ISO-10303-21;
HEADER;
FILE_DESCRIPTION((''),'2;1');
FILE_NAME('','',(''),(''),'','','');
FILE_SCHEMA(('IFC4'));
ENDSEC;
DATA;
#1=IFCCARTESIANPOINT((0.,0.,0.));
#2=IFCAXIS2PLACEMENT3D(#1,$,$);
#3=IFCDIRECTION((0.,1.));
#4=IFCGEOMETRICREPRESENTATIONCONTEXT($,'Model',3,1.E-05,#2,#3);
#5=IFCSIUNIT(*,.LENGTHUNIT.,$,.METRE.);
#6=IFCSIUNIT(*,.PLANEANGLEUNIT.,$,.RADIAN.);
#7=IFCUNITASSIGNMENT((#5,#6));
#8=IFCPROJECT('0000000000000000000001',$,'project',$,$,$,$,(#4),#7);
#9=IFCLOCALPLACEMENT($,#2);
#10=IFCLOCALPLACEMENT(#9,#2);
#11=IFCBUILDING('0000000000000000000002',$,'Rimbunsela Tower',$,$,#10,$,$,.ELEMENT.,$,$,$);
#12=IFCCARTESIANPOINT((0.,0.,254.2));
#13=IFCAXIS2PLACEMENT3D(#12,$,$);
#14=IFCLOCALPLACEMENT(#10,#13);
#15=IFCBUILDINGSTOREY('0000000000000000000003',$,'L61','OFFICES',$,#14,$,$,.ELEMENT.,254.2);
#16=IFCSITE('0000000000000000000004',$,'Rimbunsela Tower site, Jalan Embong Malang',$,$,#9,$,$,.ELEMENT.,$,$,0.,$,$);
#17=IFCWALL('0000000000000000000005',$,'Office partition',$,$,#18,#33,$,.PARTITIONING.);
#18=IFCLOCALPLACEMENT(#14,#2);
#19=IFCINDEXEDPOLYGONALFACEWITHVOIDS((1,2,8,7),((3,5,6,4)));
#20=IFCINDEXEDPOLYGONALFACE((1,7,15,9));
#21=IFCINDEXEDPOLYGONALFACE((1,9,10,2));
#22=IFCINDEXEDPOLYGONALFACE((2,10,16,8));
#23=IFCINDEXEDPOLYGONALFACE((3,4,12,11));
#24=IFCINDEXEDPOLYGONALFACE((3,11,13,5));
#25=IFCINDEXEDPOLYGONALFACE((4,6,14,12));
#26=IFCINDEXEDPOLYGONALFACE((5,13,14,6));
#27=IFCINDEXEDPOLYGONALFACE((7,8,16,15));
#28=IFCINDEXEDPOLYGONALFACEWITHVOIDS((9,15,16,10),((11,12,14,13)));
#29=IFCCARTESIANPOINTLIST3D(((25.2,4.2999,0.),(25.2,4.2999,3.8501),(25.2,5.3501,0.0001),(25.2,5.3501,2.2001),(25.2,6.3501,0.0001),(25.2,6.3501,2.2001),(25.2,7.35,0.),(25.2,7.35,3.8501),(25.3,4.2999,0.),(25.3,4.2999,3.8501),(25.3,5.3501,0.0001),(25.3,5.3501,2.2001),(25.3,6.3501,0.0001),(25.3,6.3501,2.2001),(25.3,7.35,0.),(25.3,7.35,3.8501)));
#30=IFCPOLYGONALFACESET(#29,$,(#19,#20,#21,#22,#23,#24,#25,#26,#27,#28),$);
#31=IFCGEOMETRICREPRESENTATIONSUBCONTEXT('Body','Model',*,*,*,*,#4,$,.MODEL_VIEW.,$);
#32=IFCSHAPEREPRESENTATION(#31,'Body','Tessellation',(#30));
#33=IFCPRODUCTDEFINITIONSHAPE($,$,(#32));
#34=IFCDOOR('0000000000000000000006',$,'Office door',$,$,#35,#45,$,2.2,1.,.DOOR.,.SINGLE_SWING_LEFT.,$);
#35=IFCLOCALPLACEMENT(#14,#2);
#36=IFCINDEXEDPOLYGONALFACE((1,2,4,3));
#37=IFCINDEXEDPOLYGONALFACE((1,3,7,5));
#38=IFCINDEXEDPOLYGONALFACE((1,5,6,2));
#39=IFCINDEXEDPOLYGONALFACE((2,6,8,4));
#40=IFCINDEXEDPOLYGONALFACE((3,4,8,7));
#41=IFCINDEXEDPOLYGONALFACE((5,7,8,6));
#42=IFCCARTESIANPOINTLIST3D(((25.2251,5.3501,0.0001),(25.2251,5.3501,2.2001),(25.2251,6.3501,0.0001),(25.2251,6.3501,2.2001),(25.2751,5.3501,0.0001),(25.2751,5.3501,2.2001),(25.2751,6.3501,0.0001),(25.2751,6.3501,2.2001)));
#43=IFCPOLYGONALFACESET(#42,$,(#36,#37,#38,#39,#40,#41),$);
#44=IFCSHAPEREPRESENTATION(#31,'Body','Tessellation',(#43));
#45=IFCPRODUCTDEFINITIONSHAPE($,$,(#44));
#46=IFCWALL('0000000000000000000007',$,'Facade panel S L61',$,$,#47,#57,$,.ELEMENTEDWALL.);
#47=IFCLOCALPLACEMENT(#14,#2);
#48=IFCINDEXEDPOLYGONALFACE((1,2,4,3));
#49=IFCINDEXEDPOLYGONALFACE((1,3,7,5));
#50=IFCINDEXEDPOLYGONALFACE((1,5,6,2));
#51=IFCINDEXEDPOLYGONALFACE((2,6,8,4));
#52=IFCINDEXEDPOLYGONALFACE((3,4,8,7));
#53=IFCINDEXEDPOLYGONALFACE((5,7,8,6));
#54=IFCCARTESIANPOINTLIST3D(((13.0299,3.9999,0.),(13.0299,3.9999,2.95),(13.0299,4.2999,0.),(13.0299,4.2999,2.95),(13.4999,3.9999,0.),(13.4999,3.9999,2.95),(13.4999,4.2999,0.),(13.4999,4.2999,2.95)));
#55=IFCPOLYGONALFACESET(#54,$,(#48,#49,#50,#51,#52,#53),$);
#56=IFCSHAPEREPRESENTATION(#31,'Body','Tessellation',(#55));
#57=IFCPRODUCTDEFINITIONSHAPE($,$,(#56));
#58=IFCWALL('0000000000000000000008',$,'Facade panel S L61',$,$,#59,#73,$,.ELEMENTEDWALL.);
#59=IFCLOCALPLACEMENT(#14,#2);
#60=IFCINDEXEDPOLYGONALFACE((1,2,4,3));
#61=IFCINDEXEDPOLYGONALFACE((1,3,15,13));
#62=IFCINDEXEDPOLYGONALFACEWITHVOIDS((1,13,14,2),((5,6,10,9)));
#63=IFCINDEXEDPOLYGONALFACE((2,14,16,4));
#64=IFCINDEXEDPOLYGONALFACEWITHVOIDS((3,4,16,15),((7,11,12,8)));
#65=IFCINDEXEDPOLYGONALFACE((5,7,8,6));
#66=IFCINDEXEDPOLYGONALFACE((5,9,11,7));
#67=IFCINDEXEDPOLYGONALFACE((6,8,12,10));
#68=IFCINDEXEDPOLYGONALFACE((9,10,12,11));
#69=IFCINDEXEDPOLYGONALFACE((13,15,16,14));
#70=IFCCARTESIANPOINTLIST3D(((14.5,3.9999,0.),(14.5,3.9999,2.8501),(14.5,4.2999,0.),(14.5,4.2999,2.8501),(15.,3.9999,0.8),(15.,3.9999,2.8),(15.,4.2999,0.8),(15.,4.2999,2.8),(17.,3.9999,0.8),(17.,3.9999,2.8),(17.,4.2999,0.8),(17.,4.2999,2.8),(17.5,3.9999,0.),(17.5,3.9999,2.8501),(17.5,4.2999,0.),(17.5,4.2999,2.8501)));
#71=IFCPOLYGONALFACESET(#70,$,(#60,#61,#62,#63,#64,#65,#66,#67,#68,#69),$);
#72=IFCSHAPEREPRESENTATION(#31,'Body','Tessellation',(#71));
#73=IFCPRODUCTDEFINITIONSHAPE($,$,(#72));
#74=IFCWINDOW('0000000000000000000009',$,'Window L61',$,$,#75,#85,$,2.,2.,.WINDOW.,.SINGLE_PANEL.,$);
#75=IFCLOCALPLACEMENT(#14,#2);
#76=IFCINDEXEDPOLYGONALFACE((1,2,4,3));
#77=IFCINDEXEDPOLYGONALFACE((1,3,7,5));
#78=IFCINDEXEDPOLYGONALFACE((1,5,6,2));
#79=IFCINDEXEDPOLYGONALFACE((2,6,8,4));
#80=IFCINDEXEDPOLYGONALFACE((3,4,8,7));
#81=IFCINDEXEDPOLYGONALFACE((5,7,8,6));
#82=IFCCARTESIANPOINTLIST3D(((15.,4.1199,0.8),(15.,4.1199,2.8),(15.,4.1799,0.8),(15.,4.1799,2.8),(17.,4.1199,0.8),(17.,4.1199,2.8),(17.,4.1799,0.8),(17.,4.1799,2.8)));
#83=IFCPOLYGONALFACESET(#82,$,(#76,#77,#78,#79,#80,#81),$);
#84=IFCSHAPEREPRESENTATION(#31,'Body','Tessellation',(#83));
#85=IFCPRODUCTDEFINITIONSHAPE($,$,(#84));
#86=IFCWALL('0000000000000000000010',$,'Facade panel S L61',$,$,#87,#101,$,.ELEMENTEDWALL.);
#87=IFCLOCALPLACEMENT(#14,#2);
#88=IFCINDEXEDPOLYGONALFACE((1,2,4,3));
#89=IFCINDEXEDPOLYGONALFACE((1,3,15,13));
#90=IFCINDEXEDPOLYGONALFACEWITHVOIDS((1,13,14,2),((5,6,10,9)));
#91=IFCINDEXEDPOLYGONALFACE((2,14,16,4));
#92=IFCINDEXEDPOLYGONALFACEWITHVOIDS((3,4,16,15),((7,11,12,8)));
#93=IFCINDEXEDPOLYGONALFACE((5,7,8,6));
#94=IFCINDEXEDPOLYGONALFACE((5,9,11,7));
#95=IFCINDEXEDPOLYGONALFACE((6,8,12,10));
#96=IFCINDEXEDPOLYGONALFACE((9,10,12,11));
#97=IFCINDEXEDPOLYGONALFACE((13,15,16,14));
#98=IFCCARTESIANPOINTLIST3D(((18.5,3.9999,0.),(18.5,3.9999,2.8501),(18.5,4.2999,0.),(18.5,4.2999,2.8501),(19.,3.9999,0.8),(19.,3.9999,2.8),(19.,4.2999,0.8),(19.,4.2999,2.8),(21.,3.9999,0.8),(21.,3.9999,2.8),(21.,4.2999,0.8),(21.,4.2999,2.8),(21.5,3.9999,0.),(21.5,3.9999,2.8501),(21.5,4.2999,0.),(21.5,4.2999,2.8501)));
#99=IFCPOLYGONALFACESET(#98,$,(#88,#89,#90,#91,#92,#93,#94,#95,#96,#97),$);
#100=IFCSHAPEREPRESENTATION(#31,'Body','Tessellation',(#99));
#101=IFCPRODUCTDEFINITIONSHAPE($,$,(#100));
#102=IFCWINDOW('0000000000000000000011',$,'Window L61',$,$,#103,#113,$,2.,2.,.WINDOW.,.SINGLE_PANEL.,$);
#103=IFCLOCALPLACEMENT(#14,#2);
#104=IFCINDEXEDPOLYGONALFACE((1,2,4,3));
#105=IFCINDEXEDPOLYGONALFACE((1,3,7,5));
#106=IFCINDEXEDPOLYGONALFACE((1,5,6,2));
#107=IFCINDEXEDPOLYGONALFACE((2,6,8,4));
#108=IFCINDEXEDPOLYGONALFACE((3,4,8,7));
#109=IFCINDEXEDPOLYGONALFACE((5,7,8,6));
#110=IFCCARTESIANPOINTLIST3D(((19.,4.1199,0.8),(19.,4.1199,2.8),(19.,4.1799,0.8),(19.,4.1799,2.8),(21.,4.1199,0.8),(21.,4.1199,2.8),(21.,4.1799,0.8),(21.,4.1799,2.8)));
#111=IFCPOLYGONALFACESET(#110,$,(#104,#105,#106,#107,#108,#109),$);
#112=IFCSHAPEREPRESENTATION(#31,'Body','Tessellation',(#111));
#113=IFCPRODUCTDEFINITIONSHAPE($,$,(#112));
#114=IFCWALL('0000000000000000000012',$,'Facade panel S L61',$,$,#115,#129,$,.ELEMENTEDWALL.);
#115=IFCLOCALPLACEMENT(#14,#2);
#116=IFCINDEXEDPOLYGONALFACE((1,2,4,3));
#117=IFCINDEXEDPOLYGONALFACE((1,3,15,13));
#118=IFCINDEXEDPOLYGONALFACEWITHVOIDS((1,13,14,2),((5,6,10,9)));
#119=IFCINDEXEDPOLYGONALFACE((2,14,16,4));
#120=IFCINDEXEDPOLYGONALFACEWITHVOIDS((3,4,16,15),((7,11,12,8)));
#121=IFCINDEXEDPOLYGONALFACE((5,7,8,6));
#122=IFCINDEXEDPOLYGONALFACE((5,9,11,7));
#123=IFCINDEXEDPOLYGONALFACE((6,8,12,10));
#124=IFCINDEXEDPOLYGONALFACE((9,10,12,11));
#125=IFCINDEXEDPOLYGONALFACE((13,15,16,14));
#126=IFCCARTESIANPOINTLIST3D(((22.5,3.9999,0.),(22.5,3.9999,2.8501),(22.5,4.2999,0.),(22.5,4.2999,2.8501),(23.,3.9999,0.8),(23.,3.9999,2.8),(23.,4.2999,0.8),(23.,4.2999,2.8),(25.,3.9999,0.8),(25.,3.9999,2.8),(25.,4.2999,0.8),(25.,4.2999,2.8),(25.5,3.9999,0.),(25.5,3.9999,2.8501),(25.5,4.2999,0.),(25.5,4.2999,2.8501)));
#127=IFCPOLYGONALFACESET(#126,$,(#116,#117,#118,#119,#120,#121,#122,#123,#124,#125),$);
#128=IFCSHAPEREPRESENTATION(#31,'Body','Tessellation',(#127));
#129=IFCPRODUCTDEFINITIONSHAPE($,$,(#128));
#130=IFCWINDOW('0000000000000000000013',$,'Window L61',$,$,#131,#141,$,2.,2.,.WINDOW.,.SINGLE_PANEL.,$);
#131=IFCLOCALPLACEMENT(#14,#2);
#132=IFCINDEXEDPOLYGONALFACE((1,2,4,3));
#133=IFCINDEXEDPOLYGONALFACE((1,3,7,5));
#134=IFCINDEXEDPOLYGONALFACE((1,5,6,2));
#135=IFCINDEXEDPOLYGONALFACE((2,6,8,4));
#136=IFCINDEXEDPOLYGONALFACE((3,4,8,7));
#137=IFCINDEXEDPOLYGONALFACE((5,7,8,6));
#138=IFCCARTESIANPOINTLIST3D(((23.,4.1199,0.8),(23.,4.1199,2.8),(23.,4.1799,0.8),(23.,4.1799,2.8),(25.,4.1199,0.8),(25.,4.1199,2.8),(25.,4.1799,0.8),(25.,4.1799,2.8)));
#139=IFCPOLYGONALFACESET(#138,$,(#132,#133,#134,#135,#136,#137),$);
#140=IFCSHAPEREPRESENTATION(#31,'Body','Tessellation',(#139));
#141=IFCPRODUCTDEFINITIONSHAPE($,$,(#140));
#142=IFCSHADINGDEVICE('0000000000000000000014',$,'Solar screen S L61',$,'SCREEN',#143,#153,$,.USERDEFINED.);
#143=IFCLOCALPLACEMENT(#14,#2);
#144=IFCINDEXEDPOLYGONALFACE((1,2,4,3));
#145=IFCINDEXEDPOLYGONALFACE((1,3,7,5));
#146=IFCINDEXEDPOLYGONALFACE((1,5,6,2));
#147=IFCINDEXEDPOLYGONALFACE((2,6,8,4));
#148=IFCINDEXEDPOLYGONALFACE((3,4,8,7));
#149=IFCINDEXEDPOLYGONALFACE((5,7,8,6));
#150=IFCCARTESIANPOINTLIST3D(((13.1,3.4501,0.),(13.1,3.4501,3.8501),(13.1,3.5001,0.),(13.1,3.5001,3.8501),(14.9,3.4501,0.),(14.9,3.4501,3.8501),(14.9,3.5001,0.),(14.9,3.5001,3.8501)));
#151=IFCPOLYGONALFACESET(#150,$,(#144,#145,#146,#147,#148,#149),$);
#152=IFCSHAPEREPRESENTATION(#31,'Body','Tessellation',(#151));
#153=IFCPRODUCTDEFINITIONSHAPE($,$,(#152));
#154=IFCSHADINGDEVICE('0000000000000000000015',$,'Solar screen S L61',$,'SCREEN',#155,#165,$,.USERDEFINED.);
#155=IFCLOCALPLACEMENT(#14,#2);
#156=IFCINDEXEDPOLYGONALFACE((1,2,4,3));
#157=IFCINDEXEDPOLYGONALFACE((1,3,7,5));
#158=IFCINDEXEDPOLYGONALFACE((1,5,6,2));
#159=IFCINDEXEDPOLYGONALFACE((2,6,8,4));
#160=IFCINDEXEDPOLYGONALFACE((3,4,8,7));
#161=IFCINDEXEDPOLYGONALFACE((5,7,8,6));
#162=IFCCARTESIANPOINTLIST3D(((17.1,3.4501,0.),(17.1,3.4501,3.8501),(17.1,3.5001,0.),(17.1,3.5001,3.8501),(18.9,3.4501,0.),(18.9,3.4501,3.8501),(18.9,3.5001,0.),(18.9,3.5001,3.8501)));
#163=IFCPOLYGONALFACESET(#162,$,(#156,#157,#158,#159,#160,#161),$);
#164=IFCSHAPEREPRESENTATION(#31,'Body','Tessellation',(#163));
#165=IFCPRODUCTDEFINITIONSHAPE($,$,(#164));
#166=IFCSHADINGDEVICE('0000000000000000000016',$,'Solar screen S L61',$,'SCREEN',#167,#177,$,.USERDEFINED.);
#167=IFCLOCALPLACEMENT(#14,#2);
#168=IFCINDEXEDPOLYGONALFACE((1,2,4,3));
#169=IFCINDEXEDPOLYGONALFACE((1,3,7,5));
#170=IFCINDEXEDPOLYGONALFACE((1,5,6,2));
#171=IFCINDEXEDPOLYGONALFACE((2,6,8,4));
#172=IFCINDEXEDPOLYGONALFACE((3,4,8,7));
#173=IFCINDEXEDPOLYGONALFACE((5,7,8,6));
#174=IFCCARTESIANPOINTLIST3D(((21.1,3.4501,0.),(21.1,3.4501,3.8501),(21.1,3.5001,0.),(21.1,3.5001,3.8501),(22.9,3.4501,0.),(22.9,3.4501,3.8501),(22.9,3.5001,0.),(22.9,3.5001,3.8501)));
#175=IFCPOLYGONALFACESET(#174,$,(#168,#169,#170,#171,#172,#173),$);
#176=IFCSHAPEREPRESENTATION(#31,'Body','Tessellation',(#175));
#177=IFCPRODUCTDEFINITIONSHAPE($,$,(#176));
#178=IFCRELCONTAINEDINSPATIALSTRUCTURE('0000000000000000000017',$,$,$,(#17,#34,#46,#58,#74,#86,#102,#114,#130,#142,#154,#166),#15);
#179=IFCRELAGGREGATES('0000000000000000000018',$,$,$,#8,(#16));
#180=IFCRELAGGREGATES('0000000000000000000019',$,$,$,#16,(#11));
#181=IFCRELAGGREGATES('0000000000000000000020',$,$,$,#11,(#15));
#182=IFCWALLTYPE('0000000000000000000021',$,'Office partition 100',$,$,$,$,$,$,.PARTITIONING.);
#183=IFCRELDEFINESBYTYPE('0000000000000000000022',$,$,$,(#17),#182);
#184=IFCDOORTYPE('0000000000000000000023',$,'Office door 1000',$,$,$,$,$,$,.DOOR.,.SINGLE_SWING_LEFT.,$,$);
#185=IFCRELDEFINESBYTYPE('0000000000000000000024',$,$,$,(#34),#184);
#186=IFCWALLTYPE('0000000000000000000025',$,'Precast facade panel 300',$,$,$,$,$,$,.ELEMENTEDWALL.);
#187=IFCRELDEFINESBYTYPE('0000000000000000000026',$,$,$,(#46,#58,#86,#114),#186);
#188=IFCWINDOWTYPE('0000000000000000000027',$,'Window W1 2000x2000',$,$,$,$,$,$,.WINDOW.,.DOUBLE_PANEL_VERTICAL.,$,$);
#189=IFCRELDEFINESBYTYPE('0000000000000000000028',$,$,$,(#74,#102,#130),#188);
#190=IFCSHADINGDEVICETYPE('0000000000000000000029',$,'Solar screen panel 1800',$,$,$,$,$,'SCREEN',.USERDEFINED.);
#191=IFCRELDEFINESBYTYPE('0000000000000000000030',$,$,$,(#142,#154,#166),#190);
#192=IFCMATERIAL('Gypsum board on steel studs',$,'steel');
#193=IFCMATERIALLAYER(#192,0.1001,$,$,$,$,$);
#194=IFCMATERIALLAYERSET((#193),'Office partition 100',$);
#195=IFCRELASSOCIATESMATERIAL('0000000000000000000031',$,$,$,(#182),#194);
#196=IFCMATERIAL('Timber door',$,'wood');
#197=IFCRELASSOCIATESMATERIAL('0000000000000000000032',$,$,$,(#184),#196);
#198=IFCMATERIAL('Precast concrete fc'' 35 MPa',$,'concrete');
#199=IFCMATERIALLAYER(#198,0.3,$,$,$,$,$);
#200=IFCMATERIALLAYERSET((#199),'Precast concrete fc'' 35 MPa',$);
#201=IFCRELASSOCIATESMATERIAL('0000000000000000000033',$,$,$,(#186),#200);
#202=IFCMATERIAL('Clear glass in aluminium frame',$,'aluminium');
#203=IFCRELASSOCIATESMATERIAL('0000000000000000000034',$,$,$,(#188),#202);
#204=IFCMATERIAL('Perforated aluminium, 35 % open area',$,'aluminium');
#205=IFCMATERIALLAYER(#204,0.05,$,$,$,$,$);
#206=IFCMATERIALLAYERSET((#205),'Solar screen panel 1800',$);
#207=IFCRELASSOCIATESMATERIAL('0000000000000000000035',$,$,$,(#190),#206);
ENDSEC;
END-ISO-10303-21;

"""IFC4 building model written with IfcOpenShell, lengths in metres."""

from ifc_helpers import new_model, si_unit, direction, frame, frame_2d, origin, origin_2d, place, context, subcontext, project, spatial, rectangle, extrude, material, layer, layer_set, type_object, element, fill, save


model = new_model("IFC4")

# Units and contexts
model_context = context("Model", 3, precision=1e-05, world=origin(), true_north=direction((0.0, 1.0)))
body_context = subcontext(model_context, "Body", "Model", "MODEL_VIEW")
ifc_project = project(units=[si_unit("LENGTHUNIT", "METRE"), si_unit("PLANEANGLEUNIT", "RADIAN")], contexts=[model_context])

# Site, building, storey
site_placement = place(None, origin())
site = spatial("IfcSite", under=ifc_project, at=site_placement, Name="Rimbunsela Tower site, Jalan Embong Malang", CompositionType="ELEMENT", RefElevation=0.0)
building_placement = place(site_placement, origin())
building = spatial("IfcBuilding", under=site, at=building_placement, Name="Rimbunsela Tower", CompositionType="ELEMENT")
storey_placement = place(building_placement, frame((0.0, 0.0, 254.2)))
storey = spatial("IfcBuildingStorey", under=building, at=storey_placement, Name="L61", Description="OFFICES", CompositionType="ELEMENT", Elevation=254.2)

# Shared definitions
ifc_material_1 = material(Name="Gypsum board on steel studs", Category="steel")
ifc_layer_1 = layer(ifc_material_1, 0.1001)
ifc_layer_set_1 = layer_set([ifc_layer_1], Name="Office partition 100")
wall_type_1 = type_object("IfcWallType", Name="Office partition 100", PredefinedType="PARTITIONING", material=ifc_layer_set_1)

# Shared definitions
ifc_material_2 = material(Name="Timber door", Category="wood")
door_type_1 = type_object("IfcDoorType", Name="Office door 1000", OperationType="SINGLE_SWING_LEFT", PredefinedType="DOOR", material=ifc_material_2)

# Wall, opening, door
wall_1_placement = place(storey_placement, frame((25.25, 4.3, 0.0), z_axis=(0.0, 0.0, 1.0), x_axis=(0.0, 1.0, 0.0)))
wall_1 = element("IfcWall", 1, at=wall_1_placement, inside=storey, type_object=wall_type_1, Name="Office partition", PredefinedType="PARTITIONING", context=body_context, shape_type="SweptSolid", body=[
    extrude(rectangle(XDim=3.05, YDim=0.1001, at=frame_2d((1.5249, 0.0))), origin(), (0.0, 0.0, 1.0), 3.8501),
])
opening_1_placement = place(wall_1_placement, frame((1.05, 0.0, 0.0)))
opening_1 = element("IfcOpeningElement", 2, at=opening_1_placement, cuts=wall_1, PredefinedType="OPENING", context=body_context, shape_type="SweptSolid", body=[
    extrude(rectangle(XDim=1.0, YDim=2.2, at=frame_2d((0.5, 1.1001))), frame((0.0, 0.0601, 0.0), z_axis=(0.0, -1.0, 0.0), x_axis=(1.0, 0.0, 0.0)), (0.0, 0.0, 1.0), 0.1201),
])
door_1_placement = place(opening_1_placement, origin())
door_1 = element("IfcDoor", 3, at=door_1_placement, inside=storey, type_object=door_type_1, Name="Office door", OperationType="SINGLE_SWING_LEFT", OverallHeight=2.2, OverallWidth=1.0, PredefinedType="DOOR", context=body_context, shape_type="SweptSolid", body=[
    extrude(rectangle(XDim=1.0, YDim=2.2, at=frame_2d((0.5, 1.1001))), frame((0.0, 0.0249, 0.0), z_axis=(0.0, -1.0, 0.0), x_axis=(1.0, 0.0, 0.0)), (0.0, 0.0, 1.0), 0.05),
])
fill(opening_1, door_1)

# Wall
ifc_material_3 = material(Name="Precast concrete fc' 35 MPa", Category="concrete")
ifc_layer_2 = layer(ifc_material_3, 0.3)
ifc_layer_set_2 = layer_set([ifc_layer_2], Name="Precast concrete fc' 35 MPa")
wall_type_2 = type_object("IfcWallType", Name="Precast facade panel 300", PredefinedType="ELEMENTEDWALL", material=ifc_layer_set_2)
wall_2_placement = place(storey_placement, frame((13.03, 4.1499, 0.0), z_axis=(0.0, 0.0, 1.0), x_axis=(1.0, 0.0, 0.0)))
element("IfcWall", 4, at=wall_2_placement, inside=storey, type_object=wall_type_2, Name="Facade panel S L61", PredefinedType="ELEMENTEDWALL", context=body_context, shape_type="SweptSolid", body=[
    extrude(rectangle(XDim=0.47, YDim=0.3, at=frame_2d((0.2349, 0.0))), origin(), (0.0, 0.0, 1.0), 2.95),
])

# Walls, openings, windows
wall_3_placement = place(storey_placement, frame((14.5, 4.1499, 0.0), z_axis=(0.0, 0.0, 1.0), x_axis=(1.0, 0.0, 0.0)))
wall_3 = element("IfcWall", 5, at=wall_3_placement, inside=storey, type_object=wall_type_2, Name="Facade panel S L61", PredefinedType="ELEMENTEDWALL", context=body_context, shape_type="SweptSolid", body=[
    extrude(rectangle(XDim=3.0, YDim=0.3, at=frame_2d((1.5, 0.0))), origin(), (0.0, 0.0, 1.0), 2.8501),
])
opening_2_placement = place(wall_3_placement, frame((0.5, 0.0, 0.8)))
opening_2 = element("IfcOpeningElement", 6, at=opening_2_placement, cuts=wall_3, PredefinedType="OPENING", context=body_context, shape_type="SweptSolid", body=[
    extrude(rectangle(XDim=2.0, YDim=2.0, at=frame_2d((1.0, 1.0))), frame((0.0, 0.1599, 0.0), z_axis=(0.0, -1.0, 0.0), x_axis=(1.0, 0.0, 0.0)), (0.0, 0.0, 1.0), 0.3201),
])
ifc_material_4 = material(Name="Clear glass in aluminium frame", Category="aluminium")
window_type = type_object("IfcWindowType", Name="Window W1 2000x2000", PartitioningType="DOUBLE_PANEL_VERTICAL", PredefinedType="WINDOW", material=ifc_material_4)
window_1_placement = place(opening_2_placement, origin())
window_1 = element("IfcWindow", 7, at=window_1_placement, inside=storey, type_object=window_type, Name="Window L61", OverallHeight=2.0, OverallWidth=2.0, PartitioningType="SINGLE_PANEL", PredefinedType="WINDOW", context=body_context, shape_type="SweptSolid", body=[
    extrude(rectangle(XDim=2.0, YDim=2.0, at=frame_2d((1.0, 1.0))), frame((0.0, 0.03, 0.0), z_axis=(0.0, -1.0, 0.0), x_axis=(1.0, 0.0, 0.0)), (0.0, 0.0, 1.0), 0.0601),
])
fill(opening_2, window_1)
wall_4_placement = place(storey_placement, frame((18.5, 4.1499, 0.0), z_axis=(0.0, 0.0, 1.0), x_axis=(1.0, 0.0, 0.0)))
wall_4 = element("IfcWall", 8, at=wall_4_placement, inside=storey, type_object=wall_type_2, Name="Facade panel S L61", PredefinedType="ELEMENTEDWALL", context=body_context, shape_type="SweptSolid", body=[
    extrude(rectangle(XDim=3.0, YDim=0.3, at=frame_2d((1.5, 0.0))), origin(), (0.0, 0.0, 1.0), 2.8501),
])
opening_3_placement = place(wall_4_placement, frame((0.5, 0.0, 0.8)))
opening_3 = element("IfcOpeningElement", 9, at=opening_3_placement, cuts=wall_4, PredefinedType="OPENING", context=body_context, shape_type="SweptSolid", body=[
    extrude(rectangle(XDim=2.0, YDim=2.0, at=frame_2d((1.0, 1.0))), frame((0.0, 0.1599, 0.0), z_axis=(0.0, -1.0, 0.0), x_axis=(1.0, 0.0, 0.0)), (0.0, 0.0, 1.0), 0.3201),
])
window_2_placement = place(opening_3_placement, origin())
window_2 = element("IfcWindow", 10, at=window_2_placement, inside=storey, type_object=window_type, Name="Window L61", OverallHeight=2.0, OverallWidth=2.0, PartitioningType="SINGLE_PANEL", PredefinedType="WINDOW", context=body_context, shape_type="SweptSolid", body=[
    extrude(rectangle(XDim=2.0, YDim=2.0, at=frame_2d((1.0, 1.0))), frame((0.0, 0.03, 0.0), z_axis=(0.0, -1.0, 0.0), x_axis=(1.0, 0.0, 0.0)), (0.0, 0.0, 1.0), 0.0601),
])
fill(opening_3, window_2)
wall_5_placement = place(storey_placement, frame((22.5, 4.1499, 0.0), z_axis=(0.0, 0.0, 1.0), x_axis=(1.0, 0.0, 0.0)))
wall_5 = element("IfcWall", 11, at=wall_5_placement, inside=storey, type_object=wall_type_2, Name="Facade panel S L61", PredefinedType="ELEMENTEDWALL", context=body_context, shape_type="SweptSolid", body=[
    extrude(rectangle(XDim=3.0, YDim=0.3, at=frame_2d((1.5, 0.0))), origin(), (0.0, 0.0, 1.0), 2.8501),
])
opening_4_placement = place(wall_5_placement, frame((0.5, 0.0, 0.8)))
opening_4 = element("IfcOpeningElement", 12, at=opening_4_placement, cuts=wall_5, PredefinedType="OPENING", context=body_context, shape_type="SweptSolid", body=[
    extrude(rectangle(XDim=2.0, YDim=2.0, at=frame_2d((1.0, 1.0))), frame((0.0, 0.1599, 0.0), z_axis=(0.0, -1.0, 0.0), x_axis=(1.0, 0.0, 0.0)), (0.0, 0.0, 1.0), 0.3201),
])
window_3_placement = place(opening_4_placement, origin())
window_3 = element("IfcWindow", 13, at=window_3_placement, inside=storey, type_object=window_type, Name="Window L61", OverallHeight=2.0, OverallWidth=2.0, PartitioningType="SINGLE_PANEL", PredefinedType="WINDOW", context=body_context, shape_type="SweptSolid", body=[
    extrude(rectangle(XDim=2.0, YDim=2.0, at=frame_2d((1.0, 1.0))), frame((0.0, 0.03, 0.0), z_axis=(0.0, -1.0, 0.0), x_axis=(1.0, 0.0, 0.0)), (0.0, 0.0, 1.0), 0.0601),
])
fill(opening_4, window_3)

# Shading devices
ifc_material_5 = material(Name="Perforated aluminium, 35 % open area", Category="aluminium")
ifc_layer_3 = layer(ifc_material_5, 0.05)
ifc_layer_set_3 = layer_set([ifc_layer_3], Name="Solar screen panel 1800")
shading_device_type = type_object("IfcShadingDeviceType", Name="Solar screen panel 1800", ElementType="SCREEN", PredefinedType="USERDEFINED", material=ifc_layer_set_3)
for number, where, z_axis, x_axis, name in (
    (14, (14.0, 3.4751, 0.0), (0.0, 0.0, 1.0), (1.0, 0.0, 0.0), "Solar screen S L61"),
    (15, (18.0, 3.4751, 0.0), (0.0, 0.0, 1.0), (1.0, 0.0, 0.0), "Solar screen S L61"),
    (16, (22.0, 3.4751, 0.0), (0.0, 0.0, 1.0), (1.0, 0.0, 0.0), "Solar screen S L61"),
):
    element("IfcShadingDevice", number, at=place(storey_placement, frame(where, z_axis=z_axis, x_axis=x_axis)), inside=storey, type_object=shading_device_type, Name=name, ObjectType="SCREEN", PredefinedType="USERDEFINED", context=body_context, shape_type="SweptSolid", body=[
        extrude(rectangle(XDim=1.8, YDim=0.05, at=origin_2d()), origin(), (0.0, 0.0, 1.0), 3.8501),
    ])

save(model, "model.ifc")
